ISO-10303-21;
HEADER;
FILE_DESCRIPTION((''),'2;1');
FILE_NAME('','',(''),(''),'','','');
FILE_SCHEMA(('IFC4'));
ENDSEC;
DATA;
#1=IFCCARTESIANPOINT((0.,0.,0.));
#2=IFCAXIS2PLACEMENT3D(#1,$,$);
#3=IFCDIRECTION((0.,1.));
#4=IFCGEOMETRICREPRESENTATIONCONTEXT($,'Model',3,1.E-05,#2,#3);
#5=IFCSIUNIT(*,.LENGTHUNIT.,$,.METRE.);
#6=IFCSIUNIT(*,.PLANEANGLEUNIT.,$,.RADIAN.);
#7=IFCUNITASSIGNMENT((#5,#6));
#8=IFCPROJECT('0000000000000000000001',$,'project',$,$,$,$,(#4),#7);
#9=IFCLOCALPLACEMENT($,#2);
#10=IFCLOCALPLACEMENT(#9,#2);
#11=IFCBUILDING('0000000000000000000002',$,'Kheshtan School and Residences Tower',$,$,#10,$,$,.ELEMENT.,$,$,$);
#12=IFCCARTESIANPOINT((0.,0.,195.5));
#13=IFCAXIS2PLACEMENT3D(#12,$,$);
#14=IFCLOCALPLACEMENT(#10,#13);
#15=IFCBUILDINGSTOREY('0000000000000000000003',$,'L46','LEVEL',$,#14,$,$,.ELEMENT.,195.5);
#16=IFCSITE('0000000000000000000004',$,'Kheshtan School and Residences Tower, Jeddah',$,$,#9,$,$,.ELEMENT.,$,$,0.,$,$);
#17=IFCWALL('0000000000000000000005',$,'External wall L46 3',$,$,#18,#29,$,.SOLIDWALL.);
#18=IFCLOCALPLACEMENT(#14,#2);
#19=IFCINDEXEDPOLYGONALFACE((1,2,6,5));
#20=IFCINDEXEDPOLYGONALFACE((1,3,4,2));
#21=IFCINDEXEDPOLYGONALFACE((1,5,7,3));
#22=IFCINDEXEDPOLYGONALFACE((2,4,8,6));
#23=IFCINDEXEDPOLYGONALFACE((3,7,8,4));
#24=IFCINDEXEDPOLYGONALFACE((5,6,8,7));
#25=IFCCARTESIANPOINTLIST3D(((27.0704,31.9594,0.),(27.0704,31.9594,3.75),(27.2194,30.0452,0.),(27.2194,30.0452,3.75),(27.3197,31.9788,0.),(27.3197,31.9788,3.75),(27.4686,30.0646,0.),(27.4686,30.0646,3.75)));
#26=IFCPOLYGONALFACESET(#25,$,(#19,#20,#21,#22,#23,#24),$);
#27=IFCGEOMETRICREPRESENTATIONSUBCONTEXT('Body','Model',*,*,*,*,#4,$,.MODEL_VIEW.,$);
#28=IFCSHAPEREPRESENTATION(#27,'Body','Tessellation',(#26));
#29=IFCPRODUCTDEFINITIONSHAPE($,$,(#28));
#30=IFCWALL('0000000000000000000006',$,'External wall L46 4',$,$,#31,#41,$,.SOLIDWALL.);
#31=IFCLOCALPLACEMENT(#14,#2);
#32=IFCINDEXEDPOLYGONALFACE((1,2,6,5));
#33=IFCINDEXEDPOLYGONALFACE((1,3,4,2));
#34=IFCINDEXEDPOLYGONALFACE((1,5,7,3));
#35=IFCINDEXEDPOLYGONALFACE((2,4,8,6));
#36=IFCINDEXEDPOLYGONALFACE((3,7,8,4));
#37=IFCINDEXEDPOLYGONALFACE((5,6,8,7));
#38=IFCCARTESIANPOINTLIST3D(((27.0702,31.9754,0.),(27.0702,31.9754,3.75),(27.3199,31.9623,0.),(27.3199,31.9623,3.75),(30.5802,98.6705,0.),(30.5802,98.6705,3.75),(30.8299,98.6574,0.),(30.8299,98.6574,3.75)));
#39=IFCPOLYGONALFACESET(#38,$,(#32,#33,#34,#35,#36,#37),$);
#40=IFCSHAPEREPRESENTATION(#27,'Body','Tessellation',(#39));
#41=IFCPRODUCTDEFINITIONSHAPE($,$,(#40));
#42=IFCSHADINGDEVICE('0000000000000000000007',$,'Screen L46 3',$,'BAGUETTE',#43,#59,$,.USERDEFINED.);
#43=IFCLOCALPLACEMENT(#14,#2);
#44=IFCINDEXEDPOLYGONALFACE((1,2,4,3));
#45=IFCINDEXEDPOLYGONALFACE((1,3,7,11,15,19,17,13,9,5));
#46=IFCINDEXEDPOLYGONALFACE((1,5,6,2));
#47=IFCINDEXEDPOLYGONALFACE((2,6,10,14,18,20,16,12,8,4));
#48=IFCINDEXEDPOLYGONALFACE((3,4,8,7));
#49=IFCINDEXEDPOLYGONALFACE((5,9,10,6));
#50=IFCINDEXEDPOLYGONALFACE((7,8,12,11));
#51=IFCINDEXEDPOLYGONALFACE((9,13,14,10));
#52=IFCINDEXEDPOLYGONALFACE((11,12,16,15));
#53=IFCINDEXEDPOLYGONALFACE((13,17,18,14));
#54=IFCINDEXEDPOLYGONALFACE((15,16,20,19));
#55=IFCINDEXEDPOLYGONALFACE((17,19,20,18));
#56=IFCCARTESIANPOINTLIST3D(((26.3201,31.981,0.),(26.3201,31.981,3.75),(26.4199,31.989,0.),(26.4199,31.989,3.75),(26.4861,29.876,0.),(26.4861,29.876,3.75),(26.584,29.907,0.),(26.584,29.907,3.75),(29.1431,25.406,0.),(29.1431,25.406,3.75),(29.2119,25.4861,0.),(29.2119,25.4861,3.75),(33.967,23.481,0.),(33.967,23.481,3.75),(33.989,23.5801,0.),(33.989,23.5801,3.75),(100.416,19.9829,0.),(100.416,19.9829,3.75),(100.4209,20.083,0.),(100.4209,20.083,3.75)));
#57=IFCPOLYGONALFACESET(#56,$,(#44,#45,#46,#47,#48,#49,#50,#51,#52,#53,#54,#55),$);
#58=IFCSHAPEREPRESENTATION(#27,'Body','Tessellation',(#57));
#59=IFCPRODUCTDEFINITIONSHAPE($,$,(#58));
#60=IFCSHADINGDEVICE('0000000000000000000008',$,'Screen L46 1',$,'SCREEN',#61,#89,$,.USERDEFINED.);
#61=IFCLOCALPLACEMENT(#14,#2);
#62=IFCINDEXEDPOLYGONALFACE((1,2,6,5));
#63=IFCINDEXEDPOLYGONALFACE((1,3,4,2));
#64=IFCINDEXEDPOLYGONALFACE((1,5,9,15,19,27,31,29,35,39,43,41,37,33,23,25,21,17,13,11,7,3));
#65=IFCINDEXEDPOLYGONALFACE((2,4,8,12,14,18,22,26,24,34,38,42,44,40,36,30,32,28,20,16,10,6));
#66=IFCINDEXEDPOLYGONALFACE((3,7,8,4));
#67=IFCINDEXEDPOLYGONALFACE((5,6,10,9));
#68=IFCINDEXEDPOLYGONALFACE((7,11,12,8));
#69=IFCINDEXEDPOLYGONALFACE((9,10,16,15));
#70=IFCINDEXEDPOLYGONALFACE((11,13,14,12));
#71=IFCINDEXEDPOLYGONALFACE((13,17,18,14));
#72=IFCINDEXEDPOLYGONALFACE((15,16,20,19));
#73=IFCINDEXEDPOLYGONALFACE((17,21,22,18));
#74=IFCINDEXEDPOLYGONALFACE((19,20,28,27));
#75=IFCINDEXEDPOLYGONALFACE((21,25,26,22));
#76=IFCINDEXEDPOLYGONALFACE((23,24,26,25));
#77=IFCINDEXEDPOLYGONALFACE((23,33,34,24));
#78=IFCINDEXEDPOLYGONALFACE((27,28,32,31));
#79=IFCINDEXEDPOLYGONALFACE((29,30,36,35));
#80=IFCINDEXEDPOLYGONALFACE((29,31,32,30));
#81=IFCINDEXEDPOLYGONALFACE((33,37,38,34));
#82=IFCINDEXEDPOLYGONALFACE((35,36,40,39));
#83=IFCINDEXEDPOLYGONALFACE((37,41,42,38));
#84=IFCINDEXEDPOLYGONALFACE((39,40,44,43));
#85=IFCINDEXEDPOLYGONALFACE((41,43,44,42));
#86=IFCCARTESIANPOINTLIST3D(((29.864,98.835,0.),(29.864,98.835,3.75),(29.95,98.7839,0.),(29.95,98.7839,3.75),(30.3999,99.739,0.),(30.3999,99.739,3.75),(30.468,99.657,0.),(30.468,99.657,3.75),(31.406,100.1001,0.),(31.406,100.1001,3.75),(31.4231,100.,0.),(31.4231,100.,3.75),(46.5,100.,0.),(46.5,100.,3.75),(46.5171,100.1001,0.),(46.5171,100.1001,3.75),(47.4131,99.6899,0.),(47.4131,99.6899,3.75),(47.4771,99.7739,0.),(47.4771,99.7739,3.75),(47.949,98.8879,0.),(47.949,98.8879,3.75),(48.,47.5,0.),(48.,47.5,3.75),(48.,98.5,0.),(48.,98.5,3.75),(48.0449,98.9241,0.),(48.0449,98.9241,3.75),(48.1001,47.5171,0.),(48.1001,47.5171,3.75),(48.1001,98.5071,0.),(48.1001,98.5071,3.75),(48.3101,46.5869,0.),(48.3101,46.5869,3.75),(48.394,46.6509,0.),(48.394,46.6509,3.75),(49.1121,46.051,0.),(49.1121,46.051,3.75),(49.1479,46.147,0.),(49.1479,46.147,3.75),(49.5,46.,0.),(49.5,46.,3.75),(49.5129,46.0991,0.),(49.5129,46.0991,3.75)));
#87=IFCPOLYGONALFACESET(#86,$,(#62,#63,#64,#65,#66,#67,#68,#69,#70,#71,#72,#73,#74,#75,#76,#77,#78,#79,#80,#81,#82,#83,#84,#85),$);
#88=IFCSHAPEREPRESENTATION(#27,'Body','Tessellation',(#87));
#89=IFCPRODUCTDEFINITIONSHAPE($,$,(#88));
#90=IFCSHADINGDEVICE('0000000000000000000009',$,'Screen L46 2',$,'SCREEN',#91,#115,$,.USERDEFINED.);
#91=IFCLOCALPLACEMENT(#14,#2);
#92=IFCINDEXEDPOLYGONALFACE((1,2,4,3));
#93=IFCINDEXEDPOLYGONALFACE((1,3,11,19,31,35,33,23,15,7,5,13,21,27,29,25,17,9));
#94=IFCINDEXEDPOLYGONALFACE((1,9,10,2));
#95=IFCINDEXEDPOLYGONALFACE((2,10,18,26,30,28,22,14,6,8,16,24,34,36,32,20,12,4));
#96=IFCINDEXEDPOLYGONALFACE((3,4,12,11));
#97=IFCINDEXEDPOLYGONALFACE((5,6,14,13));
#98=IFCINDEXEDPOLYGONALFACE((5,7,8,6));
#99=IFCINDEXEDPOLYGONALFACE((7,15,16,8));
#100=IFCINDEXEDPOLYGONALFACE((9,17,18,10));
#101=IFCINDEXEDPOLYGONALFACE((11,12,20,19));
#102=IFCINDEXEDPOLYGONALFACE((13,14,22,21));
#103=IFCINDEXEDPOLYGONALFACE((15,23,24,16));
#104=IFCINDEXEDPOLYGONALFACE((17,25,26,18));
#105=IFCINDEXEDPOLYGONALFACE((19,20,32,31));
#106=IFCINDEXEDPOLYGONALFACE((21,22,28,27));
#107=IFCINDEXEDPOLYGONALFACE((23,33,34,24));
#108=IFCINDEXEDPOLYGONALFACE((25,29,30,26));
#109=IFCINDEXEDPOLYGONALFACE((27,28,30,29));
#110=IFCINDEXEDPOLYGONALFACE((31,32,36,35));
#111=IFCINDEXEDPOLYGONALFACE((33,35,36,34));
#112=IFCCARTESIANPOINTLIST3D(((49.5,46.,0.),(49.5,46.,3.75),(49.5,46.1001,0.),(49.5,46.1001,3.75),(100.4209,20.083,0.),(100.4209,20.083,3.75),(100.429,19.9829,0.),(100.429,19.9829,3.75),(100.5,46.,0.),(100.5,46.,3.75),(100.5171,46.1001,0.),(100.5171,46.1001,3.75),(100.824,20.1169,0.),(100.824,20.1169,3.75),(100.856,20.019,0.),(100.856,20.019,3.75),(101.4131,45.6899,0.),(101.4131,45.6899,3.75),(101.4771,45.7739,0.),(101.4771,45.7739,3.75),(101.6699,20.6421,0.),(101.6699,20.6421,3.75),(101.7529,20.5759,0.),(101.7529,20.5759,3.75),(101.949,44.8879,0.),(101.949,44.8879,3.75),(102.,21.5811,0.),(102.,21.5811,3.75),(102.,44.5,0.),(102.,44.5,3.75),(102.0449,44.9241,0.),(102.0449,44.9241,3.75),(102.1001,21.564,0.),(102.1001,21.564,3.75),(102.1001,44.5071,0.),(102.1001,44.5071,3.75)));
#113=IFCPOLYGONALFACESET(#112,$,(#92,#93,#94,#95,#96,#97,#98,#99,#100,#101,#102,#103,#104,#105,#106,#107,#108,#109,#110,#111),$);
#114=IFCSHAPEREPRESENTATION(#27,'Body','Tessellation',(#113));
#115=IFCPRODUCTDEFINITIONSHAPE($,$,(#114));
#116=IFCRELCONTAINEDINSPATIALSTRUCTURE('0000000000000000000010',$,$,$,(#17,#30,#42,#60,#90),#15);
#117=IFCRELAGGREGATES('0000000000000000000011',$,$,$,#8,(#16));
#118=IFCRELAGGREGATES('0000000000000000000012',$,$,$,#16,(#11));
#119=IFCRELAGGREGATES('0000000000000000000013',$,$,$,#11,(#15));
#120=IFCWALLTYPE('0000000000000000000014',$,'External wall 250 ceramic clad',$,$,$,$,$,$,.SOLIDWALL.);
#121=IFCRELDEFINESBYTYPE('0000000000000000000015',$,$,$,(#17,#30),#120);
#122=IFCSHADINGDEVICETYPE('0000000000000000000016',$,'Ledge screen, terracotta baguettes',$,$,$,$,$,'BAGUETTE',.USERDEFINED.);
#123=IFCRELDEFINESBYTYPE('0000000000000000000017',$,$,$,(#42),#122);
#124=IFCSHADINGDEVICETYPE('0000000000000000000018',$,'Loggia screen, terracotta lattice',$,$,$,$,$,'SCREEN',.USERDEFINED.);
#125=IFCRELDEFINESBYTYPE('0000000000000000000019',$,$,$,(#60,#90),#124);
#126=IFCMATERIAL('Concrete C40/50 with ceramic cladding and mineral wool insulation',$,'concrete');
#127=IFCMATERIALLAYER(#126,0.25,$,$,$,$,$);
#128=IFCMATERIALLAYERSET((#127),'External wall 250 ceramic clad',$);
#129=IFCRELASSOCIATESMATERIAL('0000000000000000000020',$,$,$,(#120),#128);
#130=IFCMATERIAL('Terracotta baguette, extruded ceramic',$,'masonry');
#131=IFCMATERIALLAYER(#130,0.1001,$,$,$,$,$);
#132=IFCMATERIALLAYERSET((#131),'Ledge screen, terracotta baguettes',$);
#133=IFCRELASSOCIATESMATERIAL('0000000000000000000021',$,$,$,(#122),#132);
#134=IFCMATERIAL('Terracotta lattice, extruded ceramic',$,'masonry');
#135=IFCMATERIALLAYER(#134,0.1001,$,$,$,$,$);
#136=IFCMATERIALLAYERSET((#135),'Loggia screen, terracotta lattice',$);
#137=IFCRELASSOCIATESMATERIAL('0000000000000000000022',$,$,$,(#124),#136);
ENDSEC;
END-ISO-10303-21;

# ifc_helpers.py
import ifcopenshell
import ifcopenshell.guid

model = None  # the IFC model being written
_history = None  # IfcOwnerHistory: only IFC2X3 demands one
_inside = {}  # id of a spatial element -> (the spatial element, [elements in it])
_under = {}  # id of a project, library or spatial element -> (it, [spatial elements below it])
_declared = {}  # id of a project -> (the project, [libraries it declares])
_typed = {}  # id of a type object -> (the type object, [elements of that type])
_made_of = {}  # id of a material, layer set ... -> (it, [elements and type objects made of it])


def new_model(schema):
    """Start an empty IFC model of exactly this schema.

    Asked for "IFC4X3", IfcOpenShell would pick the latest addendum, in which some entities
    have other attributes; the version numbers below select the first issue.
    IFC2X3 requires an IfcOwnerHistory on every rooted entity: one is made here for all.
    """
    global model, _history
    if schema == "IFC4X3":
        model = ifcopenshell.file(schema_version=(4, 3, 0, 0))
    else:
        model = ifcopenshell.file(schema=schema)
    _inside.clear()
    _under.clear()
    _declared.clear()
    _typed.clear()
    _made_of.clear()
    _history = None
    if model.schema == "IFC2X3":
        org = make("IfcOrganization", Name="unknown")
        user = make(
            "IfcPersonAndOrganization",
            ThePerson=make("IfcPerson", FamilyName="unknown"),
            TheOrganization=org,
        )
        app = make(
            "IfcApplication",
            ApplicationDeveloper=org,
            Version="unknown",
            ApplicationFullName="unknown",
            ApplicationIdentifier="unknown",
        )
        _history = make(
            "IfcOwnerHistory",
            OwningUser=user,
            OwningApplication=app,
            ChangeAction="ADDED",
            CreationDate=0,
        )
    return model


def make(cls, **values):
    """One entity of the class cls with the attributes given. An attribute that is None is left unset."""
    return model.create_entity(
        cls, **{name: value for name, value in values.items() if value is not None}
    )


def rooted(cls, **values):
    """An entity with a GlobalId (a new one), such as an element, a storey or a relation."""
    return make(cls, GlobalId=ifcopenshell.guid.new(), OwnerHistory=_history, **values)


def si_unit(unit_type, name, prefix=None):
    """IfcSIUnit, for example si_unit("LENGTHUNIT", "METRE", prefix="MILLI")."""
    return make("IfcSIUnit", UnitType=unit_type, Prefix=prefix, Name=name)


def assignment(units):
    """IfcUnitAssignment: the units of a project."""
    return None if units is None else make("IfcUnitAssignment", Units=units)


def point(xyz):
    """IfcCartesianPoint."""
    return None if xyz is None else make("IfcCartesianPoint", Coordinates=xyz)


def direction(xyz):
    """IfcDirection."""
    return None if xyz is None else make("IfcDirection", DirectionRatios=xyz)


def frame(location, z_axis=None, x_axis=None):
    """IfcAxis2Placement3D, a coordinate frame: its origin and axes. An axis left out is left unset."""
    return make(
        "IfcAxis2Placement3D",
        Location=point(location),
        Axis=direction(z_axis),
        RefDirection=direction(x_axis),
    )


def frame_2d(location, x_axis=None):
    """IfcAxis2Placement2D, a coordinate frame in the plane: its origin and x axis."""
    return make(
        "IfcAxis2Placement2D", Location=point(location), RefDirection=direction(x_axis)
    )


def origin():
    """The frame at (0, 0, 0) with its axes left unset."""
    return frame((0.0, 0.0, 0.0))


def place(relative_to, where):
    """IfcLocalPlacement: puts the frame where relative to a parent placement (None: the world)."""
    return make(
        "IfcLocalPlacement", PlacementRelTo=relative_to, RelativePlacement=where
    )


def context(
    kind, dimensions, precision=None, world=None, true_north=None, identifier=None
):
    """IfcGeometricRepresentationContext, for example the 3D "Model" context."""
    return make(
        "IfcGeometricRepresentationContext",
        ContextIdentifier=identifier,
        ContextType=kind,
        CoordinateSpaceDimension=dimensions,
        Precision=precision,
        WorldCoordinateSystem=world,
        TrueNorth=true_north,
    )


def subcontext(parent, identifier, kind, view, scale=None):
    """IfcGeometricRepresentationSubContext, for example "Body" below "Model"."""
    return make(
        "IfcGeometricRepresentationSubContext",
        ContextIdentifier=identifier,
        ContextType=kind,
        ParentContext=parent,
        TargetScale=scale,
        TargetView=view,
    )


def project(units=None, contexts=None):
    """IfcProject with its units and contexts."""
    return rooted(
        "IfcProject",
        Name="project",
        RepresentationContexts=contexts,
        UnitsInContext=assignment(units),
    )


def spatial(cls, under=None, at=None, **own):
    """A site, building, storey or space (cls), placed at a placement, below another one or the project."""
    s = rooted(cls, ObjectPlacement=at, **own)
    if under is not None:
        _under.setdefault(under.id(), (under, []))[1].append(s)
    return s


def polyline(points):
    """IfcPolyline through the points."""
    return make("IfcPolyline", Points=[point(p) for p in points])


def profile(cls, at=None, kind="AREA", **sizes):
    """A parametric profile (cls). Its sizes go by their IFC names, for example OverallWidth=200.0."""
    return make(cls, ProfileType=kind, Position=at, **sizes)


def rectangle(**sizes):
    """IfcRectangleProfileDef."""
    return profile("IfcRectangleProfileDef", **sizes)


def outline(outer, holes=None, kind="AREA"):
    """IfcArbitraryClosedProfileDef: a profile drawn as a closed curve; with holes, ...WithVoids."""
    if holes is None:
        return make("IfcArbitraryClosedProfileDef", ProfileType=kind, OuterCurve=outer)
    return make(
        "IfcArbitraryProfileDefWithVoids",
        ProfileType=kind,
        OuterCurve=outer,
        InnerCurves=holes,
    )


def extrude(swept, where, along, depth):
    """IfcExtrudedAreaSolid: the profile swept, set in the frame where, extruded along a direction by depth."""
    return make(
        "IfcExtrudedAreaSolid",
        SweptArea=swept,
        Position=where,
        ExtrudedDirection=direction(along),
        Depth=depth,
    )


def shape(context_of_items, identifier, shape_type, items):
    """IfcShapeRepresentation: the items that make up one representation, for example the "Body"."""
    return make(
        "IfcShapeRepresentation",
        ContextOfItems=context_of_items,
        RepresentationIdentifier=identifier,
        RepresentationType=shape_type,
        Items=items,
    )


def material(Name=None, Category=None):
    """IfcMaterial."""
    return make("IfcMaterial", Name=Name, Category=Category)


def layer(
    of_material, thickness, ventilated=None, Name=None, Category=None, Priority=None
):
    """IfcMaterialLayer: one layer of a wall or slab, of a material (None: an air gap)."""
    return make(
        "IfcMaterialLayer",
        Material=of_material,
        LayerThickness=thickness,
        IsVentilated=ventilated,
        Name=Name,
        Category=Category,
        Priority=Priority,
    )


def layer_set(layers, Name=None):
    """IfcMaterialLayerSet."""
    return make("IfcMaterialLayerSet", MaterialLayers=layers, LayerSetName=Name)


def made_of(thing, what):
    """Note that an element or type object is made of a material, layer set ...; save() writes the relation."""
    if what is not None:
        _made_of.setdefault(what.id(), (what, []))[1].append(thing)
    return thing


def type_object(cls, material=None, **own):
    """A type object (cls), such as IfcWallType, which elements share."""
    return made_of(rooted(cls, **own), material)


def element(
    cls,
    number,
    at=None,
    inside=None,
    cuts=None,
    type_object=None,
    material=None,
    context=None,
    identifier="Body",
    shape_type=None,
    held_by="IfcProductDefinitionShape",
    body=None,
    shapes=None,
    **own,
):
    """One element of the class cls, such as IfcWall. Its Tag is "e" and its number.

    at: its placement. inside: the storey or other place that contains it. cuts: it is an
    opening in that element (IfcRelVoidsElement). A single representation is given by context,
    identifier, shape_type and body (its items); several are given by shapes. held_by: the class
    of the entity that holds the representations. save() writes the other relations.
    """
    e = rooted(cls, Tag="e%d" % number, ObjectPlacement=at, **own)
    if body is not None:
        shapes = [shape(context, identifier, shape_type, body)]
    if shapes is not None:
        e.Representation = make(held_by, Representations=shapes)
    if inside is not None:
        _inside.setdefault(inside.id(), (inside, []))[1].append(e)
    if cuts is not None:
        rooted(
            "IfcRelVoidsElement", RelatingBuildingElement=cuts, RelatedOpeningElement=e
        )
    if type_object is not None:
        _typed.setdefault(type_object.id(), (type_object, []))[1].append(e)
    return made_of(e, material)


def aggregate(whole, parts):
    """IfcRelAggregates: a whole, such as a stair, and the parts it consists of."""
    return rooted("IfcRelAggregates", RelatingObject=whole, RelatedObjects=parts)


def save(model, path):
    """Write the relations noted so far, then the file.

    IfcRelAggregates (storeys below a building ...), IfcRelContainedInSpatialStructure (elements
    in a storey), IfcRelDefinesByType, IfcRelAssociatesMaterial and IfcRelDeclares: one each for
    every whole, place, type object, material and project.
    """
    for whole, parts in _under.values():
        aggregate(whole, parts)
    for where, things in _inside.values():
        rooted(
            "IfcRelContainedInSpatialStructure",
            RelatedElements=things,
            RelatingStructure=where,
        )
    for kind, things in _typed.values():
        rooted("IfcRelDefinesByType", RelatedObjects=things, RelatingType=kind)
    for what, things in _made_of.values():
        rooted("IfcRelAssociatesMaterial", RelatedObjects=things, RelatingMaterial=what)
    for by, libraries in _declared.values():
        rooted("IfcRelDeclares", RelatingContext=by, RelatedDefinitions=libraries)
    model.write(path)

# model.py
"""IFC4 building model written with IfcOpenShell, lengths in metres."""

from ifc_helpers import new_model, si_unit, direction, frame, frame_2d, origin, place, context, subcontext, project, spatial, polyline, rectangle, outline, extrude, material, layer, layer_set, type_object, element, save


model = new_model("IFC4")

# Units and contexts
model_context = context("Model", 3, precision=1e-05, world=origin(), true_north=direction((0.0, 1.0)))
body_context = subcontext(model_context, "Body", "Model", "MODEL_VIEW")
ifc_project = project(units=[si_unit("LENGTHUNIT", "METRE"), si_unit("PLANEANGLEUNIT", "RADIAN")], contexts=[model_context])

# Site, building, storey
site_placement = place(None, origin())
site = spatial("IfcSite", under=ifc_project, at=site_placement, Name="Kheshtan School and Residences Tower, Jeddah", CompositionType="ELEMENT", RefElevation=0.0)
building_placement = place(site_placement, origin())
building = spatial("IfcBuilding", under=site, at=building_placement, Name="Kheshtan School and Residences Tower", CompositionType="ELEMENT")
storey_placement = place(building_placement, frame((0.0, 0.0, 195.5)))
storey = spatial("IfcBuildingStorey", under=building, at=storey_placement, Name="L46", Description="LEVEL", CompositionType="ELEMENT", Elevation=195.5)

# Walls
ifc_material_1 = material(Name="Concrete C40/50 with ceramic cladding and mineral wool insulation", Category="concrete")
ifc_layer_1 = layer(ifc_material_1, 0.25)
ifc_layer_set_1 = layer_set([ifc_layer_1], Name="External wall 250 ceramic clad")
wall_type_1 = type_object("IfcWallType", Name="External wall 250 ceramic clad", PredefinedType="SOLIDWALL", material=ifc_layer_set_1)
wall_1_placement = place(storey_placement, frame((27.344, 30.0549, 0.0), z_axis=(0.0, 0.0, 1.0), x_axis=(-0.077572, 0.996987, 0.0)))
element("IfcWall", 1, at=wall_1_placement, inside=storey, type_object=wall_type_1, Name="External wall L46 3", PredefinedType="SOLIDWALL", context=body_context, shape_type="SweptSolid", body=[
    extrude(rectangle(XDim=1.9199, YDim=0.25, at=frame_2d((0.96, 0.0))), origin(), (0.0, 0.0, 1.0), 3.75),
])
wall_2_placement = place(storey_placement, frame((27.1951, 31.969, 0.0), z_axis=(0.0, 0.0, 1.0), x_axis=(0.052555, 0.998618, 0.0)))
element("IfcWall", 2, at=wall_2_placement, inside=storey, type_object=wall_type_1, Name="External wall L46 4", PredefinedType="SOLIDWALL", context=body_context, shape_type="SweptSolid", body=[
    extrude(rectangle(XDim=66.7874, YDim=0.25, at=frame_2d((33.3936, 0.0))), origin(), (0.0, 0.0, 1.0), 3.75),
])

# Shading devices
ifc_material_2 = material(Name="Terracotta baguette, extruded ceramic", Category="masonry")
ifc_layer_2 = layer(ifc_material_2, 0.1001)
ifc_layer_set_2 = layer_set([ifc_layer_2], Name="Ledge screen, terracotta baguettes")
shading_device_type_1 = type_object("IfcShadingDeviceType", Name="Ledge screen, terracotta baguettes", ElementType="BAGUETTE", PredefinedType="USERDEFINED", material=ifc_layer_set_2)
shading_device_1_placement = place(storey_placement, origin())
element("IfcShadingDevice", 3, at=shading_device_1_placement, inside=storey, type_object=shading_device_type_1, Name="Screen L46 3", ObjectType="BAGUETTE", PredefinedType="USERDEFINED", context=body_context, shape_type="SweptSolid", body=[
    extrude(outline(polyline([(100.4209, 20.083), (33.989, 23.5801), (29.2119, 25.4861), (26.584, 29.907), (26.4199, 31.989), (26.3201, 31.981), (26.4861, 29.876), (29.1431, 25.406), (33.967, 23.481), (100.416, 19.9829), (100.4209, 20.083)])), origin(), (0.0, 0.0, 1.0), 3.75),
])
ifc_material_3 = material(Name="Terracotta lattice, extruded ceramic", Category="masonry")
ifc_layer_3 = layer(ifc_material_3, 0.1001)
ifc_layer_set_3 = layer_set([ifc_layer_3], Name="Loggia screen, terracotta lattice")
shading_device_type_2 = type_object("IfcShadingDeviceType", Name="Loggia screen, terracotta lattice", ElementType="SCREEN", PredefinedType="USERDEFINED", material=ifc_layer_set_3)
shading_device_2_placement = place(storey_placement, origin())
element("IfcShadingDevice", 4, at=shading_device_2_placement, inside=storey, type_object=shading_device_type_2, Name="Screen L46 1", ObjectType="SCREEN", PredefinedType="USERDEFINED", context=body_context, shape_type="SweptSolid", body=[
    extrude(outline(polyline([(29.95, 98.7839), (30.468, 99.657), (31.4231, 100.0), (46.5, 100.0), (47.4131, 99.6899), (47.949, 98.8879), (48.0, 98.5), (48.0, 47.5), (48.3101, 46.5869), (49.1121, 46.051), (49.5, 46.0), (49.5129, 46.0991), (49.1479, 46.147), (48.394, 46.6509), (48.1001, 47.5171), (48.1001, 98.5071), (48.0449, 98.9241), (47.4771, 99.7739), (46.5171, 100.1001), (31.406, 100.1001), (30.3999, 99.739), (29.864, 98.835), (29.95, 98.7839)])), origin(), (0.0, 0.0, 1.0), 3.75),
])
shading_device_3_placement = place(storey_placement, origin())
element("IfcShadingDevice", 5, at=shading_device_3_placement, inside=storey, type_object=shading_device_type_2, Name="Screen L46 2", ObjectType="SCREEN", PredefinedType="USERDEFINED", context=body_context, shape_type="SweptSolid", body=[
    extrude(outline(polyline([(49.5, 46.0), (100.5, 46.0), (101.4131, 45.6899), (101.949, 44.8879), (102.0, 44.5), (102.0, 21.5811), (101.6699, 20.6421), (100.824, 20.1169), (100.4209, 20.083), (100.429, 19.9829), (100.856, 20.019), (101.7529, 20.5759), (102.1001, 21.564), (102.1001, 44.5071), (102.0449, 44.9241), (101.4771, 45.7739), (100.5171, 46.1001), (49.5, 46.1001), (49.5, 46.0)])), origin(), (0.0, 0.0, 1.0), 3.75),
])

save(model, "model.ifc")
